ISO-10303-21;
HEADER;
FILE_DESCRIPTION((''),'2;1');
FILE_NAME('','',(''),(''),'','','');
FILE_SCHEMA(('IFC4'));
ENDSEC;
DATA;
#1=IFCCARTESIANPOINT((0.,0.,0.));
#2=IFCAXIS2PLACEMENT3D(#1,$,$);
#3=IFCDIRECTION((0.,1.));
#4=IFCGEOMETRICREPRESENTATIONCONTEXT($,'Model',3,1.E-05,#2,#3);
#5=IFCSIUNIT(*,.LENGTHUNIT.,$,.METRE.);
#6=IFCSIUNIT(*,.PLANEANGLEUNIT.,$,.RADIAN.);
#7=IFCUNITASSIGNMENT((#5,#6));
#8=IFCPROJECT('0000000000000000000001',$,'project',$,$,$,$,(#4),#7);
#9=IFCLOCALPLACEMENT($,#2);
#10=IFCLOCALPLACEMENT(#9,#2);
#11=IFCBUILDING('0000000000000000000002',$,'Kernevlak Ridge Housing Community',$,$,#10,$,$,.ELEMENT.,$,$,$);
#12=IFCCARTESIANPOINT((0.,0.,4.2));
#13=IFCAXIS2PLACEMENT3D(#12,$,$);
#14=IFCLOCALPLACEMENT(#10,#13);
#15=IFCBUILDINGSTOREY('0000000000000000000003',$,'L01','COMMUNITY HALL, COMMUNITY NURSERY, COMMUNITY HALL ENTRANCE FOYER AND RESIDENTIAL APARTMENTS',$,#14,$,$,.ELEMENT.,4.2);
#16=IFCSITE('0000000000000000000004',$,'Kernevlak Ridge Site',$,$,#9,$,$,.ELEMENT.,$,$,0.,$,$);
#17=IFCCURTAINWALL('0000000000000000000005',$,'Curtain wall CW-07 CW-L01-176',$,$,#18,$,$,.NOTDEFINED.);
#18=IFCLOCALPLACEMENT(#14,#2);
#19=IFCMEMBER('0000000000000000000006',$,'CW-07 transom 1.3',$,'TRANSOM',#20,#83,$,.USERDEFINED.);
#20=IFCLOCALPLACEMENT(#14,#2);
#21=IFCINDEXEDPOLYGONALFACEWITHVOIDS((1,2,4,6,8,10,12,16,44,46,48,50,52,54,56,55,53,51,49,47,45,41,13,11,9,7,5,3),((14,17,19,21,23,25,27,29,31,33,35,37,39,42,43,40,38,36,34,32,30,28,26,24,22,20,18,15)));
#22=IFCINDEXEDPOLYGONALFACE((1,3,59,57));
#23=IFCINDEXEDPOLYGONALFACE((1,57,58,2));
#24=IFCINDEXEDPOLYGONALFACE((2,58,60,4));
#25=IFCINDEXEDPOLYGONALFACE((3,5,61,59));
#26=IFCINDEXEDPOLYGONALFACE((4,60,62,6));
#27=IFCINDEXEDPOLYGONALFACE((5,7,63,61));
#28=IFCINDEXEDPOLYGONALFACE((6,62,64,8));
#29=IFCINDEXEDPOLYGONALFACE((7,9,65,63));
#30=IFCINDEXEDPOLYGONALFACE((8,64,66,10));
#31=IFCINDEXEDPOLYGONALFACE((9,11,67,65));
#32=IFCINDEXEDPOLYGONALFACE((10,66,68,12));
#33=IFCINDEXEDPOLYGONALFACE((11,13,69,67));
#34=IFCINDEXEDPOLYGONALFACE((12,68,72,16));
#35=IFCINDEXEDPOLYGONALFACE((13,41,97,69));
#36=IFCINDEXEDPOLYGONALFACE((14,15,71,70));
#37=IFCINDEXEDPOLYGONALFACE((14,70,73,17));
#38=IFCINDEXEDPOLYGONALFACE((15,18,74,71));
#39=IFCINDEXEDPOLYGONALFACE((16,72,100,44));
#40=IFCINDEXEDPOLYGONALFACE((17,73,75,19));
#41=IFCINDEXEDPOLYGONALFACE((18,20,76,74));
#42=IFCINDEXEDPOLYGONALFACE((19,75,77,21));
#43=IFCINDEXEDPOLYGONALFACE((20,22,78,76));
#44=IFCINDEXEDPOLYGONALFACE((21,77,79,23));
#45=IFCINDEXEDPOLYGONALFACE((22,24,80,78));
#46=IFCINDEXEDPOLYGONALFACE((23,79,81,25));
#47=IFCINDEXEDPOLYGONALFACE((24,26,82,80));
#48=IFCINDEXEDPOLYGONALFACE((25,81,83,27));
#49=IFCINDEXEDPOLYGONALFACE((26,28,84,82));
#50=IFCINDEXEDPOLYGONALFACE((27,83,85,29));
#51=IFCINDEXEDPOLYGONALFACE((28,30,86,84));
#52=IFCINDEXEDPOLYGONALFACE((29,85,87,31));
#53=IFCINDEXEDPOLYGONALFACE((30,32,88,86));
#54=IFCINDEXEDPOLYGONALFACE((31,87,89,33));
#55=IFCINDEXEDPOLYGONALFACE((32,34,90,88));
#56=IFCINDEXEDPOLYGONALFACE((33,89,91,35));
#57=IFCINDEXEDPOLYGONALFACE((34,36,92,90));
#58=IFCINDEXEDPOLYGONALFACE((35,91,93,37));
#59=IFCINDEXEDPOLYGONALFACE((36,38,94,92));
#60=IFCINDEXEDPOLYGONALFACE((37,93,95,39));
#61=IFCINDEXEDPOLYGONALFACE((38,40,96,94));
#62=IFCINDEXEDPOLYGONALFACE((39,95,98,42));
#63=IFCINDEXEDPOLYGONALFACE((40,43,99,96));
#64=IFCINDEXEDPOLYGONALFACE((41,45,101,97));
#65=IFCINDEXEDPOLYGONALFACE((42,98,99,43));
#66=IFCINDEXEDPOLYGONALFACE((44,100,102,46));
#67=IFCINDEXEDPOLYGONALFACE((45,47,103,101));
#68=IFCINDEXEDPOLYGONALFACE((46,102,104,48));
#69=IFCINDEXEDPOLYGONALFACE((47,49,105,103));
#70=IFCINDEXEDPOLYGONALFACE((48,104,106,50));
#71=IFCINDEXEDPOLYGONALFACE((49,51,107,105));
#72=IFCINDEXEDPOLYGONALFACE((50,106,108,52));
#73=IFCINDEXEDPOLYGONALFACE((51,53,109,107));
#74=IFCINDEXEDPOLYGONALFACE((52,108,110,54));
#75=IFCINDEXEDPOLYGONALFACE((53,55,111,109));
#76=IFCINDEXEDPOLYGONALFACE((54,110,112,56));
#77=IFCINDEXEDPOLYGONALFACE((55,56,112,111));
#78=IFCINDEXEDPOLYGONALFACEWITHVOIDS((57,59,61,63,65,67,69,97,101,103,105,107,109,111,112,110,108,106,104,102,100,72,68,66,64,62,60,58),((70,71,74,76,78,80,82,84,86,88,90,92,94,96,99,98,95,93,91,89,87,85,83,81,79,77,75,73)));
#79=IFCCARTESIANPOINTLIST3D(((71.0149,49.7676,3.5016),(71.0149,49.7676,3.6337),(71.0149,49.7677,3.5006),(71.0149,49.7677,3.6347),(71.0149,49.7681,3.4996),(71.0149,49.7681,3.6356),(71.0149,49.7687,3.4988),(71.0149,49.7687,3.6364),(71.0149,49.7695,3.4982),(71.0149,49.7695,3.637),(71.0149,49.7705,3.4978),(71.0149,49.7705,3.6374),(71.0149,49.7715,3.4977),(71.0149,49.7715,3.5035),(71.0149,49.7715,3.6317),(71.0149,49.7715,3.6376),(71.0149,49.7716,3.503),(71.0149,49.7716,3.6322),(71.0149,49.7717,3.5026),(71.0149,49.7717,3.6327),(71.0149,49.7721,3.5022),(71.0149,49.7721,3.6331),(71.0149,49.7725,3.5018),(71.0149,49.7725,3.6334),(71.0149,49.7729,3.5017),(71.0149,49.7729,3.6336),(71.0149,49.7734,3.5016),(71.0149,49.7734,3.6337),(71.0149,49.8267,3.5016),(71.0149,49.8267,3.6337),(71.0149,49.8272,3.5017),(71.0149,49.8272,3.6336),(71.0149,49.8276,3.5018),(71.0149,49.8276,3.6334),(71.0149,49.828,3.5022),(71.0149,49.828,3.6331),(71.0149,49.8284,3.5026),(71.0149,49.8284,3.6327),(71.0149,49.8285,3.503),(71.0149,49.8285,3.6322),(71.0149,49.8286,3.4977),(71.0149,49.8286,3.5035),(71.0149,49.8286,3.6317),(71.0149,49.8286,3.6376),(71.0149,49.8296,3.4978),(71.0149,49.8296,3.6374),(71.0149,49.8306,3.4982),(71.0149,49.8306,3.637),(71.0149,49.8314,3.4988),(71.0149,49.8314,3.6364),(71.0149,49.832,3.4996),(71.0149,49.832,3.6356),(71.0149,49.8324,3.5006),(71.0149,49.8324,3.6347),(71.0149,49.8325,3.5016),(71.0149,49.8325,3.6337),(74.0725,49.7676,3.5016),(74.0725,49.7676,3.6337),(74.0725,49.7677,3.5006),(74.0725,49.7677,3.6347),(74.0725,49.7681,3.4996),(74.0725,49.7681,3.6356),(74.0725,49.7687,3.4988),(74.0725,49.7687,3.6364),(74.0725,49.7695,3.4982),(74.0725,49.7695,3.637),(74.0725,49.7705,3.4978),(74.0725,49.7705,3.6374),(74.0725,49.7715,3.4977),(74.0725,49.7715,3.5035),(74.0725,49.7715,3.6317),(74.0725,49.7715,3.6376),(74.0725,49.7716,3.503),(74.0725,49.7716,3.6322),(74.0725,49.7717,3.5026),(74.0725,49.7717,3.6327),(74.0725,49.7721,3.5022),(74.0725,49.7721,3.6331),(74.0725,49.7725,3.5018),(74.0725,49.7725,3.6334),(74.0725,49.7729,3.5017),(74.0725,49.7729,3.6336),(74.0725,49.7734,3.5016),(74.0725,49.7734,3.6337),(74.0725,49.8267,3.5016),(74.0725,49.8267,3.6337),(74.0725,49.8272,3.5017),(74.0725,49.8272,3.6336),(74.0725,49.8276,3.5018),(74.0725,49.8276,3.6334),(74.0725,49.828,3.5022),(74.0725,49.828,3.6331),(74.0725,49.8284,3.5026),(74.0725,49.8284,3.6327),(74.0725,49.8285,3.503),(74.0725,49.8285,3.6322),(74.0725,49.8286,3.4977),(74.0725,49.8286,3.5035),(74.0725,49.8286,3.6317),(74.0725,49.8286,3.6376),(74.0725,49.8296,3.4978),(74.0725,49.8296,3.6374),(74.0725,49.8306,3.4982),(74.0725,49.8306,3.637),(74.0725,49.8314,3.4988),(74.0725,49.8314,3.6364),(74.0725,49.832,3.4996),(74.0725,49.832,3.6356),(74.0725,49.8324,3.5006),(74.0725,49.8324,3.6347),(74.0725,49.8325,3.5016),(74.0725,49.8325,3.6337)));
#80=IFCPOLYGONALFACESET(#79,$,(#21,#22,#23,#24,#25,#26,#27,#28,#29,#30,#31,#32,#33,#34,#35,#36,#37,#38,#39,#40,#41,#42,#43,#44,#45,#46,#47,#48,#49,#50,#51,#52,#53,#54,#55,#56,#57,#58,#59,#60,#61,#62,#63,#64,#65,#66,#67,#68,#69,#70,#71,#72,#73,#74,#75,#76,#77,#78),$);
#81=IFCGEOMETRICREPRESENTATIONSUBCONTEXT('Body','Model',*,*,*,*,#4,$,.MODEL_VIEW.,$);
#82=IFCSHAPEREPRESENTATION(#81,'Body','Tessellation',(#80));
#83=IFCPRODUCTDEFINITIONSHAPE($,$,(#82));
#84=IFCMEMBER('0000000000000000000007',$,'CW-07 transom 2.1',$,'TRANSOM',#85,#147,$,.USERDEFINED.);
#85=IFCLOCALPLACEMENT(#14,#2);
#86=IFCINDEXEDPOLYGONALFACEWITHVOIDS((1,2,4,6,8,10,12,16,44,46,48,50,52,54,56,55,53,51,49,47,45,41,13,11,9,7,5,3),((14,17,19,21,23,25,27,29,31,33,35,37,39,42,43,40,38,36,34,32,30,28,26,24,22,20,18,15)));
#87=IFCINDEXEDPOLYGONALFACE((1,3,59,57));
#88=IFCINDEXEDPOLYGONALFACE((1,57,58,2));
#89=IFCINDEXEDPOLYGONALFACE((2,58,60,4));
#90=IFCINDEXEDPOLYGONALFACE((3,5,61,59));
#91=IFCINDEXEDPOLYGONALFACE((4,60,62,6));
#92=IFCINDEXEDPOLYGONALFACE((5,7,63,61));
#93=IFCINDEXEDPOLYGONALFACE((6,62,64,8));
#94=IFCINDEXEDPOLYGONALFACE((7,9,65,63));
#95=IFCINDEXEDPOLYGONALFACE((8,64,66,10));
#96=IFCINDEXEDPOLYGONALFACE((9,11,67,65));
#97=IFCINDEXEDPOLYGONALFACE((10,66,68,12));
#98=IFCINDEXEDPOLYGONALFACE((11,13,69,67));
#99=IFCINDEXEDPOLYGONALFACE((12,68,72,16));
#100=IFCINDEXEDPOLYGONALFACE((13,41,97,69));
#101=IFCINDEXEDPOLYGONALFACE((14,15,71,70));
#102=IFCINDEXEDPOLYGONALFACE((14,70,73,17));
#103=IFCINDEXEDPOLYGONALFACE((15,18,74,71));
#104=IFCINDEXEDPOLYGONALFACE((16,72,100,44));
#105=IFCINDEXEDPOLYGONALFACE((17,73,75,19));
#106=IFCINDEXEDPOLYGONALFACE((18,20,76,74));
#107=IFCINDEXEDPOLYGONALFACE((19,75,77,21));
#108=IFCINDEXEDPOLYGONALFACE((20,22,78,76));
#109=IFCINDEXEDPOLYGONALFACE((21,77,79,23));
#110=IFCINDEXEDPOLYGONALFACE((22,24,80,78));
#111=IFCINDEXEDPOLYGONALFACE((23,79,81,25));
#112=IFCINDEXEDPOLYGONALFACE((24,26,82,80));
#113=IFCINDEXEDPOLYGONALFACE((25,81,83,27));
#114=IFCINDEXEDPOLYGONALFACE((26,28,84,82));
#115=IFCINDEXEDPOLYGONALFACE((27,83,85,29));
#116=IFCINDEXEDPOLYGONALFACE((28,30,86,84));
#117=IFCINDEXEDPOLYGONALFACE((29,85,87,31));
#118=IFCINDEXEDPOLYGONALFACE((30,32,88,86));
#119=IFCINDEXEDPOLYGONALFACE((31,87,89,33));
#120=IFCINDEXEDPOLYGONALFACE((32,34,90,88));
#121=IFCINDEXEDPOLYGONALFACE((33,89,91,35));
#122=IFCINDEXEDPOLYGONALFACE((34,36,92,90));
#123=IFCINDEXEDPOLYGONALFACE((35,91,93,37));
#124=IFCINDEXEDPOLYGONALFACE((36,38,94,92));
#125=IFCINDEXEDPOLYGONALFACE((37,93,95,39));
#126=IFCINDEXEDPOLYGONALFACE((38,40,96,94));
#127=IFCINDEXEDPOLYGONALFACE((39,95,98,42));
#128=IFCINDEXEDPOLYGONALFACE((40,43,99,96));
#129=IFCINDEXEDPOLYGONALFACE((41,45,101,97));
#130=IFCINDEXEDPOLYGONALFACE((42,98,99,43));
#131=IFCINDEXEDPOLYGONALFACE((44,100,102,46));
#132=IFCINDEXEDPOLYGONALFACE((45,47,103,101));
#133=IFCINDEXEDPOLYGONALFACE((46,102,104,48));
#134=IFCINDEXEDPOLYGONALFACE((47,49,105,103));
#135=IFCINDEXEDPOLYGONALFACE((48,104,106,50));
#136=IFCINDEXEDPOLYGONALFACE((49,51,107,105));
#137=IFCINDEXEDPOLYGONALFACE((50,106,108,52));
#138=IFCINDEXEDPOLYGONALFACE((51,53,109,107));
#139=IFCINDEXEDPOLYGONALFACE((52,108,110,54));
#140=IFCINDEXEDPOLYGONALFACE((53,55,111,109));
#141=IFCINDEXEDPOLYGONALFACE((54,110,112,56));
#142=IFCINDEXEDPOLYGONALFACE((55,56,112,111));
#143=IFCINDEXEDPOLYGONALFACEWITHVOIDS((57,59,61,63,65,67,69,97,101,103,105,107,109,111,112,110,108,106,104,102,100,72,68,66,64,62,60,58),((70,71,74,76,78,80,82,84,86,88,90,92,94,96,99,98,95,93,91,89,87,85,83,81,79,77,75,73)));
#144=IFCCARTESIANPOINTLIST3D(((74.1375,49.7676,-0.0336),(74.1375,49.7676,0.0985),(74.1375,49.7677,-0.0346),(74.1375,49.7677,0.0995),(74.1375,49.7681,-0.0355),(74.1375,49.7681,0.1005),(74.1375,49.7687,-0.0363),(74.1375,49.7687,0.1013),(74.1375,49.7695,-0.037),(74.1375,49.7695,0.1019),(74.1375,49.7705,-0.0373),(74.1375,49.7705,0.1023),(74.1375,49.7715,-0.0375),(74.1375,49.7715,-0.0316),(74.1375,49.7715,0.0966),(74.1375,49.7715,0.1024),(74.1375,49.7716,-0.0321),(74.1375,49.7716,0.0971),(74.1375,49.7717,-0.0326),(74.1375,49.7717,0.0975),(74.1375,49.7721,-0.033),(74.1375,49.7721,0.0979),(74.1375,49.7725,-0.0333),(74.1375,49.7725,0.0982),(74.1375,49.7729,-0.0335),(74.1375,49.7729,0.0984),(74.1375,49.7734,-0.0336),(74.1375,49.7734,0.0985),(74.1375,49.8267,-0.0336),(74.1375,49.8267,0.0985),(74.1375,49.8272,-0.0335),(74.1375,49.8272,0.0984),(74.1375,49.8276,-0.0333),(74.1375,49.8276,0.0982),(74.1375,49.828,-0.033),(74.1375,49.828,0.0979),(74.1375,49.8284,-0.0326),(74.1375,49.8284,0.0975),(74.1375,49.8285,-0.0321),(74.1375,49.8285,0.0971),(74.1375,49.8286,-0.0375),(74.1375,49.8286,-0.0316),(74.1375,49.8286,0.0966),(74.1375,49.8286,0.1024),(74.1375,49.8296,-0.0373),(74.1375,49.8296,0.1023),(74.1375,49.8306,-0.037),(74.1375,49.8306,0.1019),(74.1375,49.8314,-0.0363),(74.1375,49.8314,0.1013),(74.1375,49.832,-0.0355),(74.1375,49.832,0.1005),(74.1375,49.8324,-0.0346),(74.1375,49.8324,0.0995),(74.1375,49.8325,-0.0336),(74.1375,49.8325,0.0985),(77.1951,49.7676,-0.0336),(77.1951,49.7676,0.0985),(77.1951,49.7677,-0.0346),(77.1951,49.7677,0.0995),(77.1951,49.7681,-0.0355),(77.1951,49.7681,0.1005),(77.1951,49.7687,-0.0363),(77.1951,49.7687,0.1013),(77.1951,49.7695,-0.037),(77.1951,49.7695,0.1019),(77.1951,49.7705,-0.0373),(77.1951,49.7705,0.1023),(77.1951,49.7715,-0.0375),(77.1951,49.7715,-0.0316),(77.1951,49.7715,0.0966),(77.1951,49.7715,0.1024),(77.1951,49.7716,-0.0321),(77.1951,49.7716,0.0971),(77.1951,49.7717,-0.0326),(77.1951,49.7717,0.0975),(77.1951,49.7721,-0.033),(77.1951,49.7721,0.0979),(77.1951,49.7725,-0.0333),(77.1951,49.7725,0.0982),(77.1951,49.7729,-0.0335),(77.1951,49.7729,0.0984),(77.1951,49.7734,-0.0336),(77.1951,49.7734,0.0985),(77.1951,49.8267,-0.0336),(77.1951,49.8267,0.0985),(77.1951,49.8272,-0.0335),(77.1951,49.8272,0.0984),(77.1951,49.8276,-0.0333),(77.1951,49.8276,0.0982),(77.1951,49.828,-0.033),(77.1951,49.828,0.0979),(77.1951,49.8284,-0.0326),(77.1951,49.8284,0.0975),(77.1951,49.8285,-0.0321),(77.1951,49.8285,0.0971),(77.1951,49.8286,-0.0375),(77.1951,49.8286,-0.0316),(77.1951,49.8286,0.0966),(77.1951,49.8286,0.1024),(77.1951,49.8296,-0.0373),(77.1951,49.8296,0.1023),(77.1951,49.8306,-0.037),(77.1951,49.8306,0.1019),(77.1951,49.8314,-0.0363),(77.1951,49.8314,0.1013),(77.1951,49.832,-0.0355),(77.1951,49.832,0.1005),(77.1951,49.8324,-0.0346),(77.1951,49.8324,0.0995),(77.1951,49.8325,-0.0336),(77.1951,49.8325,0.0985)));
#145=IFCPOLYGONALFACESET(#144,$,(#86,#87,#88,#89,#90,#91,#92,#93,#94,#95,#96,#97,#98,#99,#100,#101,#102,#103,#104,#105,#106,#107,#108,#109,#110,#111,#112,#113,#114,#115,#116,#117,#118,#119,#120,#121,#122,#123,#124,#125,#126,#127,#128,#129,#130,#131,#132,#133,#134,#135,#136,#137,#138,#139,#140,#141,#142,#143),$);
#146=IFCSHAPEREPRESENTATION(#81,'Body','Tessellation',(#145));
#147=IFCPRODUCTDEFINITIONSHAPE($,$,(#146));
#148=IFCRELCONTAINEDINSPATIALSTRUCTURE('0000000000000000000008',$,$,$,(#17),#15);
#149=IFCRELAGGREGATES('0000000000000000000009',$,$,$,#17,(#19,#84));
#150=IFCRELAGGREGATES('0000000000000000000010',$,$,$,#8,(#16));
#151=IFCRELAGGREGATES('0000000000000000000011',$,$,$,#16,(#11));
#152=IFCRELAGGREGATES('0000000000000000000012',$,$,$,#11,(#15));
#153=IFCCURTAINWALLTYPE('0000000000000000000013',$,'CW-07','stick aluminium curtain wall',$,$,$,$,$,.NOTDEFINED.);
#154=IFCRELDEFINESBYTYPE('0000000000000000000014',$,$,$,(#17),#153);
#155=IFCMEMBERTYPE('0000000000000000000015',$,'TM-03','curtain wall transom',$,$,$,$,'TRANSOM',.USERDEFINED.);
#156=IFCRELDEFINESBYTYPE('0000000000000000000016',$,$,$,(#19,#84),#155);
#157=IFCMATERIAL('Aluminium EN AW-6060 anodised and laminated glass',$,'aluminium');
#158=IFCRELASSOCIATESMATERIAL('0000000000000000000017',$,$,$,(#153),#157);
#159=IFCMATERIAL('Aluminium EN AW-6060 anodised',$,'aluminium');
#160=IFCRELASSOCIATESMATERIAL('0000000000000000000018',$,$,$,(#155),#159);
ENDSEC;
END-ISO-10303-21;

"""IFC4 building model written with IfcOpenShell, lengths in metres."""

from ifc_helpers import new_model, si_unit, direction, frame, origin, origin_2d, place, context, subcontext, project, spatial, hollow_rectangle, extrude, material, material_profile, profile_set, type_object, element, aggregate, save


model = new_model("IFC4")

# Units and contexts
model_context = context("Model", 3, precision=1e-05, world=origin(), true_north=direction((0.0, 1.0)))
body_context = subcontext(model_context, "Body", "Model", "MODEL_VIEW")
ifc_project = project(units=[si_unit("LENGTHUNIT", "METRE"), si_unit("PLANEANGLEUNIT", "RADIAN")], contexts=[model_context])

# Site, building, storey
site_placement = place(None, origin())
site = spatial("IfcSite", under=ifc_project, at=site_placement, Name="Kernevlak Ridge Site", CompositionType="ELEMENT", RefElevation=0.0)
building_placement = place(site_placement, origin())
building = spatial("IfcBuilding", under=site, at=building_placement, Name="Kernevlak Ridge Housing Community", CompositionType="ELEMENT")
storey_placement = place(building_placement, frame((0.0, 0.0, 4.2)))
storey = spatial("IfcBuildingStorey", under=building, at=storey_placement, Name="L01", Description="COMMUNITY HALL, COMMUNITY NURSERY, COMMUNITY HALL ENTRANCE FOYER AND RESIDENTIAL APARTMENTS", CompositionType="ELEMENT", Elevation=4.2)

# Curtain wall
ifc_material_1 = material(Name="Aluminium EN AW-6060 anodised and laminated glass", Category="aluminium")
curtain_wall_type = type_object("IfcCurtainWallType", Name="CW-07", Description="stick aluminium curtain wall", PredefinedType="NOTDEFINED", material=ifc_material_1)
curtain_wall_placement = place(storey_placement, origin())
curtain_wall = element("IfcCurtainWall", 1, at=curtain_wall_placement, inside=storey, type_object=curtain_wall_type, Name="Curtain wall CW-07 CW-L01-176", PredefinedType="NOTDEFINED")
ifc_material_2 = material(Name="Aluminium EN AW-6060 anodised", Category="aluminium")

# Members
ifc_material_profile_1 = material_profile(ifc_material_2, hollow_rectangle(XDim=0.0649, YDim=0.1399, WallThickness=0.0039, InnerFilletRadius=0.002, OuterFilletRadius=0.0039, at=origin_2d()), Name="ALU 65x140x4")
ifc_profile_set_1 = profile_set([ifc_material_profile_1], Name="Aluminium EN AW-6060 anodised")
member_type_1 = type_object("IfcMemberType", Name="TM-03", Description="curtain wall transom", ElementType="TRANSOM", PredefinedType="USERDEFINED", material=ifc_profile_set_1)
member_1_placement = place(storey_placement, frame((71.0149, 49.8, 3.5676), z_axis=(1.0, 0.0, 0.0), x_axis=(0.0, 1.0, 0.0)))
member_1 = element("IfcMember", 2, at=member_1_placement, type_object=member_type_1, Name="CW-07 transom 1.3", ObjectType="TRANSOM", PredefinedType="USERDEFINED", context=body_context, shape_type="SweptSolid", body=[
    extrude(hollow_rectangle(XDim=0.0649, YDim=0.1399, WallThickness=0.0039, InnerFilletRadius=0.002, OuterFilletRadius=0.0039, at=origin_2d()), origin(), (0.0, 0.0, 1.0), 3.0576),
])
member_2_placement = place(storey_placement, frame((74.1375, 49.8, 0.0325), z_axis=(1.0, 0.0, 0.0), x_axis=(0.0, 1.0, 0.0)))
member_2 = element("IfcMember", 3, at=member_2_placement, type_object=member_type_1, Name="CW-07 transom 2.1", ObjectType="TRANSOM", PredefinedType="USERDEFINED", context=body_context, shape_type="SweptSolid", body=[
    extrude(hollow_rectangle(XDim=0.0649, YDim=0.1399, WallThickness=0.0039, InnerFilletRadius=0.002, OuterFilletRadius=0.0039, at=origin_2d()), origin(), (0.0, 0.0, 1.0), 3.0576),
])

aggregate(curtain_wall, [member_1, member_2])

save(model, "model.ifc")
